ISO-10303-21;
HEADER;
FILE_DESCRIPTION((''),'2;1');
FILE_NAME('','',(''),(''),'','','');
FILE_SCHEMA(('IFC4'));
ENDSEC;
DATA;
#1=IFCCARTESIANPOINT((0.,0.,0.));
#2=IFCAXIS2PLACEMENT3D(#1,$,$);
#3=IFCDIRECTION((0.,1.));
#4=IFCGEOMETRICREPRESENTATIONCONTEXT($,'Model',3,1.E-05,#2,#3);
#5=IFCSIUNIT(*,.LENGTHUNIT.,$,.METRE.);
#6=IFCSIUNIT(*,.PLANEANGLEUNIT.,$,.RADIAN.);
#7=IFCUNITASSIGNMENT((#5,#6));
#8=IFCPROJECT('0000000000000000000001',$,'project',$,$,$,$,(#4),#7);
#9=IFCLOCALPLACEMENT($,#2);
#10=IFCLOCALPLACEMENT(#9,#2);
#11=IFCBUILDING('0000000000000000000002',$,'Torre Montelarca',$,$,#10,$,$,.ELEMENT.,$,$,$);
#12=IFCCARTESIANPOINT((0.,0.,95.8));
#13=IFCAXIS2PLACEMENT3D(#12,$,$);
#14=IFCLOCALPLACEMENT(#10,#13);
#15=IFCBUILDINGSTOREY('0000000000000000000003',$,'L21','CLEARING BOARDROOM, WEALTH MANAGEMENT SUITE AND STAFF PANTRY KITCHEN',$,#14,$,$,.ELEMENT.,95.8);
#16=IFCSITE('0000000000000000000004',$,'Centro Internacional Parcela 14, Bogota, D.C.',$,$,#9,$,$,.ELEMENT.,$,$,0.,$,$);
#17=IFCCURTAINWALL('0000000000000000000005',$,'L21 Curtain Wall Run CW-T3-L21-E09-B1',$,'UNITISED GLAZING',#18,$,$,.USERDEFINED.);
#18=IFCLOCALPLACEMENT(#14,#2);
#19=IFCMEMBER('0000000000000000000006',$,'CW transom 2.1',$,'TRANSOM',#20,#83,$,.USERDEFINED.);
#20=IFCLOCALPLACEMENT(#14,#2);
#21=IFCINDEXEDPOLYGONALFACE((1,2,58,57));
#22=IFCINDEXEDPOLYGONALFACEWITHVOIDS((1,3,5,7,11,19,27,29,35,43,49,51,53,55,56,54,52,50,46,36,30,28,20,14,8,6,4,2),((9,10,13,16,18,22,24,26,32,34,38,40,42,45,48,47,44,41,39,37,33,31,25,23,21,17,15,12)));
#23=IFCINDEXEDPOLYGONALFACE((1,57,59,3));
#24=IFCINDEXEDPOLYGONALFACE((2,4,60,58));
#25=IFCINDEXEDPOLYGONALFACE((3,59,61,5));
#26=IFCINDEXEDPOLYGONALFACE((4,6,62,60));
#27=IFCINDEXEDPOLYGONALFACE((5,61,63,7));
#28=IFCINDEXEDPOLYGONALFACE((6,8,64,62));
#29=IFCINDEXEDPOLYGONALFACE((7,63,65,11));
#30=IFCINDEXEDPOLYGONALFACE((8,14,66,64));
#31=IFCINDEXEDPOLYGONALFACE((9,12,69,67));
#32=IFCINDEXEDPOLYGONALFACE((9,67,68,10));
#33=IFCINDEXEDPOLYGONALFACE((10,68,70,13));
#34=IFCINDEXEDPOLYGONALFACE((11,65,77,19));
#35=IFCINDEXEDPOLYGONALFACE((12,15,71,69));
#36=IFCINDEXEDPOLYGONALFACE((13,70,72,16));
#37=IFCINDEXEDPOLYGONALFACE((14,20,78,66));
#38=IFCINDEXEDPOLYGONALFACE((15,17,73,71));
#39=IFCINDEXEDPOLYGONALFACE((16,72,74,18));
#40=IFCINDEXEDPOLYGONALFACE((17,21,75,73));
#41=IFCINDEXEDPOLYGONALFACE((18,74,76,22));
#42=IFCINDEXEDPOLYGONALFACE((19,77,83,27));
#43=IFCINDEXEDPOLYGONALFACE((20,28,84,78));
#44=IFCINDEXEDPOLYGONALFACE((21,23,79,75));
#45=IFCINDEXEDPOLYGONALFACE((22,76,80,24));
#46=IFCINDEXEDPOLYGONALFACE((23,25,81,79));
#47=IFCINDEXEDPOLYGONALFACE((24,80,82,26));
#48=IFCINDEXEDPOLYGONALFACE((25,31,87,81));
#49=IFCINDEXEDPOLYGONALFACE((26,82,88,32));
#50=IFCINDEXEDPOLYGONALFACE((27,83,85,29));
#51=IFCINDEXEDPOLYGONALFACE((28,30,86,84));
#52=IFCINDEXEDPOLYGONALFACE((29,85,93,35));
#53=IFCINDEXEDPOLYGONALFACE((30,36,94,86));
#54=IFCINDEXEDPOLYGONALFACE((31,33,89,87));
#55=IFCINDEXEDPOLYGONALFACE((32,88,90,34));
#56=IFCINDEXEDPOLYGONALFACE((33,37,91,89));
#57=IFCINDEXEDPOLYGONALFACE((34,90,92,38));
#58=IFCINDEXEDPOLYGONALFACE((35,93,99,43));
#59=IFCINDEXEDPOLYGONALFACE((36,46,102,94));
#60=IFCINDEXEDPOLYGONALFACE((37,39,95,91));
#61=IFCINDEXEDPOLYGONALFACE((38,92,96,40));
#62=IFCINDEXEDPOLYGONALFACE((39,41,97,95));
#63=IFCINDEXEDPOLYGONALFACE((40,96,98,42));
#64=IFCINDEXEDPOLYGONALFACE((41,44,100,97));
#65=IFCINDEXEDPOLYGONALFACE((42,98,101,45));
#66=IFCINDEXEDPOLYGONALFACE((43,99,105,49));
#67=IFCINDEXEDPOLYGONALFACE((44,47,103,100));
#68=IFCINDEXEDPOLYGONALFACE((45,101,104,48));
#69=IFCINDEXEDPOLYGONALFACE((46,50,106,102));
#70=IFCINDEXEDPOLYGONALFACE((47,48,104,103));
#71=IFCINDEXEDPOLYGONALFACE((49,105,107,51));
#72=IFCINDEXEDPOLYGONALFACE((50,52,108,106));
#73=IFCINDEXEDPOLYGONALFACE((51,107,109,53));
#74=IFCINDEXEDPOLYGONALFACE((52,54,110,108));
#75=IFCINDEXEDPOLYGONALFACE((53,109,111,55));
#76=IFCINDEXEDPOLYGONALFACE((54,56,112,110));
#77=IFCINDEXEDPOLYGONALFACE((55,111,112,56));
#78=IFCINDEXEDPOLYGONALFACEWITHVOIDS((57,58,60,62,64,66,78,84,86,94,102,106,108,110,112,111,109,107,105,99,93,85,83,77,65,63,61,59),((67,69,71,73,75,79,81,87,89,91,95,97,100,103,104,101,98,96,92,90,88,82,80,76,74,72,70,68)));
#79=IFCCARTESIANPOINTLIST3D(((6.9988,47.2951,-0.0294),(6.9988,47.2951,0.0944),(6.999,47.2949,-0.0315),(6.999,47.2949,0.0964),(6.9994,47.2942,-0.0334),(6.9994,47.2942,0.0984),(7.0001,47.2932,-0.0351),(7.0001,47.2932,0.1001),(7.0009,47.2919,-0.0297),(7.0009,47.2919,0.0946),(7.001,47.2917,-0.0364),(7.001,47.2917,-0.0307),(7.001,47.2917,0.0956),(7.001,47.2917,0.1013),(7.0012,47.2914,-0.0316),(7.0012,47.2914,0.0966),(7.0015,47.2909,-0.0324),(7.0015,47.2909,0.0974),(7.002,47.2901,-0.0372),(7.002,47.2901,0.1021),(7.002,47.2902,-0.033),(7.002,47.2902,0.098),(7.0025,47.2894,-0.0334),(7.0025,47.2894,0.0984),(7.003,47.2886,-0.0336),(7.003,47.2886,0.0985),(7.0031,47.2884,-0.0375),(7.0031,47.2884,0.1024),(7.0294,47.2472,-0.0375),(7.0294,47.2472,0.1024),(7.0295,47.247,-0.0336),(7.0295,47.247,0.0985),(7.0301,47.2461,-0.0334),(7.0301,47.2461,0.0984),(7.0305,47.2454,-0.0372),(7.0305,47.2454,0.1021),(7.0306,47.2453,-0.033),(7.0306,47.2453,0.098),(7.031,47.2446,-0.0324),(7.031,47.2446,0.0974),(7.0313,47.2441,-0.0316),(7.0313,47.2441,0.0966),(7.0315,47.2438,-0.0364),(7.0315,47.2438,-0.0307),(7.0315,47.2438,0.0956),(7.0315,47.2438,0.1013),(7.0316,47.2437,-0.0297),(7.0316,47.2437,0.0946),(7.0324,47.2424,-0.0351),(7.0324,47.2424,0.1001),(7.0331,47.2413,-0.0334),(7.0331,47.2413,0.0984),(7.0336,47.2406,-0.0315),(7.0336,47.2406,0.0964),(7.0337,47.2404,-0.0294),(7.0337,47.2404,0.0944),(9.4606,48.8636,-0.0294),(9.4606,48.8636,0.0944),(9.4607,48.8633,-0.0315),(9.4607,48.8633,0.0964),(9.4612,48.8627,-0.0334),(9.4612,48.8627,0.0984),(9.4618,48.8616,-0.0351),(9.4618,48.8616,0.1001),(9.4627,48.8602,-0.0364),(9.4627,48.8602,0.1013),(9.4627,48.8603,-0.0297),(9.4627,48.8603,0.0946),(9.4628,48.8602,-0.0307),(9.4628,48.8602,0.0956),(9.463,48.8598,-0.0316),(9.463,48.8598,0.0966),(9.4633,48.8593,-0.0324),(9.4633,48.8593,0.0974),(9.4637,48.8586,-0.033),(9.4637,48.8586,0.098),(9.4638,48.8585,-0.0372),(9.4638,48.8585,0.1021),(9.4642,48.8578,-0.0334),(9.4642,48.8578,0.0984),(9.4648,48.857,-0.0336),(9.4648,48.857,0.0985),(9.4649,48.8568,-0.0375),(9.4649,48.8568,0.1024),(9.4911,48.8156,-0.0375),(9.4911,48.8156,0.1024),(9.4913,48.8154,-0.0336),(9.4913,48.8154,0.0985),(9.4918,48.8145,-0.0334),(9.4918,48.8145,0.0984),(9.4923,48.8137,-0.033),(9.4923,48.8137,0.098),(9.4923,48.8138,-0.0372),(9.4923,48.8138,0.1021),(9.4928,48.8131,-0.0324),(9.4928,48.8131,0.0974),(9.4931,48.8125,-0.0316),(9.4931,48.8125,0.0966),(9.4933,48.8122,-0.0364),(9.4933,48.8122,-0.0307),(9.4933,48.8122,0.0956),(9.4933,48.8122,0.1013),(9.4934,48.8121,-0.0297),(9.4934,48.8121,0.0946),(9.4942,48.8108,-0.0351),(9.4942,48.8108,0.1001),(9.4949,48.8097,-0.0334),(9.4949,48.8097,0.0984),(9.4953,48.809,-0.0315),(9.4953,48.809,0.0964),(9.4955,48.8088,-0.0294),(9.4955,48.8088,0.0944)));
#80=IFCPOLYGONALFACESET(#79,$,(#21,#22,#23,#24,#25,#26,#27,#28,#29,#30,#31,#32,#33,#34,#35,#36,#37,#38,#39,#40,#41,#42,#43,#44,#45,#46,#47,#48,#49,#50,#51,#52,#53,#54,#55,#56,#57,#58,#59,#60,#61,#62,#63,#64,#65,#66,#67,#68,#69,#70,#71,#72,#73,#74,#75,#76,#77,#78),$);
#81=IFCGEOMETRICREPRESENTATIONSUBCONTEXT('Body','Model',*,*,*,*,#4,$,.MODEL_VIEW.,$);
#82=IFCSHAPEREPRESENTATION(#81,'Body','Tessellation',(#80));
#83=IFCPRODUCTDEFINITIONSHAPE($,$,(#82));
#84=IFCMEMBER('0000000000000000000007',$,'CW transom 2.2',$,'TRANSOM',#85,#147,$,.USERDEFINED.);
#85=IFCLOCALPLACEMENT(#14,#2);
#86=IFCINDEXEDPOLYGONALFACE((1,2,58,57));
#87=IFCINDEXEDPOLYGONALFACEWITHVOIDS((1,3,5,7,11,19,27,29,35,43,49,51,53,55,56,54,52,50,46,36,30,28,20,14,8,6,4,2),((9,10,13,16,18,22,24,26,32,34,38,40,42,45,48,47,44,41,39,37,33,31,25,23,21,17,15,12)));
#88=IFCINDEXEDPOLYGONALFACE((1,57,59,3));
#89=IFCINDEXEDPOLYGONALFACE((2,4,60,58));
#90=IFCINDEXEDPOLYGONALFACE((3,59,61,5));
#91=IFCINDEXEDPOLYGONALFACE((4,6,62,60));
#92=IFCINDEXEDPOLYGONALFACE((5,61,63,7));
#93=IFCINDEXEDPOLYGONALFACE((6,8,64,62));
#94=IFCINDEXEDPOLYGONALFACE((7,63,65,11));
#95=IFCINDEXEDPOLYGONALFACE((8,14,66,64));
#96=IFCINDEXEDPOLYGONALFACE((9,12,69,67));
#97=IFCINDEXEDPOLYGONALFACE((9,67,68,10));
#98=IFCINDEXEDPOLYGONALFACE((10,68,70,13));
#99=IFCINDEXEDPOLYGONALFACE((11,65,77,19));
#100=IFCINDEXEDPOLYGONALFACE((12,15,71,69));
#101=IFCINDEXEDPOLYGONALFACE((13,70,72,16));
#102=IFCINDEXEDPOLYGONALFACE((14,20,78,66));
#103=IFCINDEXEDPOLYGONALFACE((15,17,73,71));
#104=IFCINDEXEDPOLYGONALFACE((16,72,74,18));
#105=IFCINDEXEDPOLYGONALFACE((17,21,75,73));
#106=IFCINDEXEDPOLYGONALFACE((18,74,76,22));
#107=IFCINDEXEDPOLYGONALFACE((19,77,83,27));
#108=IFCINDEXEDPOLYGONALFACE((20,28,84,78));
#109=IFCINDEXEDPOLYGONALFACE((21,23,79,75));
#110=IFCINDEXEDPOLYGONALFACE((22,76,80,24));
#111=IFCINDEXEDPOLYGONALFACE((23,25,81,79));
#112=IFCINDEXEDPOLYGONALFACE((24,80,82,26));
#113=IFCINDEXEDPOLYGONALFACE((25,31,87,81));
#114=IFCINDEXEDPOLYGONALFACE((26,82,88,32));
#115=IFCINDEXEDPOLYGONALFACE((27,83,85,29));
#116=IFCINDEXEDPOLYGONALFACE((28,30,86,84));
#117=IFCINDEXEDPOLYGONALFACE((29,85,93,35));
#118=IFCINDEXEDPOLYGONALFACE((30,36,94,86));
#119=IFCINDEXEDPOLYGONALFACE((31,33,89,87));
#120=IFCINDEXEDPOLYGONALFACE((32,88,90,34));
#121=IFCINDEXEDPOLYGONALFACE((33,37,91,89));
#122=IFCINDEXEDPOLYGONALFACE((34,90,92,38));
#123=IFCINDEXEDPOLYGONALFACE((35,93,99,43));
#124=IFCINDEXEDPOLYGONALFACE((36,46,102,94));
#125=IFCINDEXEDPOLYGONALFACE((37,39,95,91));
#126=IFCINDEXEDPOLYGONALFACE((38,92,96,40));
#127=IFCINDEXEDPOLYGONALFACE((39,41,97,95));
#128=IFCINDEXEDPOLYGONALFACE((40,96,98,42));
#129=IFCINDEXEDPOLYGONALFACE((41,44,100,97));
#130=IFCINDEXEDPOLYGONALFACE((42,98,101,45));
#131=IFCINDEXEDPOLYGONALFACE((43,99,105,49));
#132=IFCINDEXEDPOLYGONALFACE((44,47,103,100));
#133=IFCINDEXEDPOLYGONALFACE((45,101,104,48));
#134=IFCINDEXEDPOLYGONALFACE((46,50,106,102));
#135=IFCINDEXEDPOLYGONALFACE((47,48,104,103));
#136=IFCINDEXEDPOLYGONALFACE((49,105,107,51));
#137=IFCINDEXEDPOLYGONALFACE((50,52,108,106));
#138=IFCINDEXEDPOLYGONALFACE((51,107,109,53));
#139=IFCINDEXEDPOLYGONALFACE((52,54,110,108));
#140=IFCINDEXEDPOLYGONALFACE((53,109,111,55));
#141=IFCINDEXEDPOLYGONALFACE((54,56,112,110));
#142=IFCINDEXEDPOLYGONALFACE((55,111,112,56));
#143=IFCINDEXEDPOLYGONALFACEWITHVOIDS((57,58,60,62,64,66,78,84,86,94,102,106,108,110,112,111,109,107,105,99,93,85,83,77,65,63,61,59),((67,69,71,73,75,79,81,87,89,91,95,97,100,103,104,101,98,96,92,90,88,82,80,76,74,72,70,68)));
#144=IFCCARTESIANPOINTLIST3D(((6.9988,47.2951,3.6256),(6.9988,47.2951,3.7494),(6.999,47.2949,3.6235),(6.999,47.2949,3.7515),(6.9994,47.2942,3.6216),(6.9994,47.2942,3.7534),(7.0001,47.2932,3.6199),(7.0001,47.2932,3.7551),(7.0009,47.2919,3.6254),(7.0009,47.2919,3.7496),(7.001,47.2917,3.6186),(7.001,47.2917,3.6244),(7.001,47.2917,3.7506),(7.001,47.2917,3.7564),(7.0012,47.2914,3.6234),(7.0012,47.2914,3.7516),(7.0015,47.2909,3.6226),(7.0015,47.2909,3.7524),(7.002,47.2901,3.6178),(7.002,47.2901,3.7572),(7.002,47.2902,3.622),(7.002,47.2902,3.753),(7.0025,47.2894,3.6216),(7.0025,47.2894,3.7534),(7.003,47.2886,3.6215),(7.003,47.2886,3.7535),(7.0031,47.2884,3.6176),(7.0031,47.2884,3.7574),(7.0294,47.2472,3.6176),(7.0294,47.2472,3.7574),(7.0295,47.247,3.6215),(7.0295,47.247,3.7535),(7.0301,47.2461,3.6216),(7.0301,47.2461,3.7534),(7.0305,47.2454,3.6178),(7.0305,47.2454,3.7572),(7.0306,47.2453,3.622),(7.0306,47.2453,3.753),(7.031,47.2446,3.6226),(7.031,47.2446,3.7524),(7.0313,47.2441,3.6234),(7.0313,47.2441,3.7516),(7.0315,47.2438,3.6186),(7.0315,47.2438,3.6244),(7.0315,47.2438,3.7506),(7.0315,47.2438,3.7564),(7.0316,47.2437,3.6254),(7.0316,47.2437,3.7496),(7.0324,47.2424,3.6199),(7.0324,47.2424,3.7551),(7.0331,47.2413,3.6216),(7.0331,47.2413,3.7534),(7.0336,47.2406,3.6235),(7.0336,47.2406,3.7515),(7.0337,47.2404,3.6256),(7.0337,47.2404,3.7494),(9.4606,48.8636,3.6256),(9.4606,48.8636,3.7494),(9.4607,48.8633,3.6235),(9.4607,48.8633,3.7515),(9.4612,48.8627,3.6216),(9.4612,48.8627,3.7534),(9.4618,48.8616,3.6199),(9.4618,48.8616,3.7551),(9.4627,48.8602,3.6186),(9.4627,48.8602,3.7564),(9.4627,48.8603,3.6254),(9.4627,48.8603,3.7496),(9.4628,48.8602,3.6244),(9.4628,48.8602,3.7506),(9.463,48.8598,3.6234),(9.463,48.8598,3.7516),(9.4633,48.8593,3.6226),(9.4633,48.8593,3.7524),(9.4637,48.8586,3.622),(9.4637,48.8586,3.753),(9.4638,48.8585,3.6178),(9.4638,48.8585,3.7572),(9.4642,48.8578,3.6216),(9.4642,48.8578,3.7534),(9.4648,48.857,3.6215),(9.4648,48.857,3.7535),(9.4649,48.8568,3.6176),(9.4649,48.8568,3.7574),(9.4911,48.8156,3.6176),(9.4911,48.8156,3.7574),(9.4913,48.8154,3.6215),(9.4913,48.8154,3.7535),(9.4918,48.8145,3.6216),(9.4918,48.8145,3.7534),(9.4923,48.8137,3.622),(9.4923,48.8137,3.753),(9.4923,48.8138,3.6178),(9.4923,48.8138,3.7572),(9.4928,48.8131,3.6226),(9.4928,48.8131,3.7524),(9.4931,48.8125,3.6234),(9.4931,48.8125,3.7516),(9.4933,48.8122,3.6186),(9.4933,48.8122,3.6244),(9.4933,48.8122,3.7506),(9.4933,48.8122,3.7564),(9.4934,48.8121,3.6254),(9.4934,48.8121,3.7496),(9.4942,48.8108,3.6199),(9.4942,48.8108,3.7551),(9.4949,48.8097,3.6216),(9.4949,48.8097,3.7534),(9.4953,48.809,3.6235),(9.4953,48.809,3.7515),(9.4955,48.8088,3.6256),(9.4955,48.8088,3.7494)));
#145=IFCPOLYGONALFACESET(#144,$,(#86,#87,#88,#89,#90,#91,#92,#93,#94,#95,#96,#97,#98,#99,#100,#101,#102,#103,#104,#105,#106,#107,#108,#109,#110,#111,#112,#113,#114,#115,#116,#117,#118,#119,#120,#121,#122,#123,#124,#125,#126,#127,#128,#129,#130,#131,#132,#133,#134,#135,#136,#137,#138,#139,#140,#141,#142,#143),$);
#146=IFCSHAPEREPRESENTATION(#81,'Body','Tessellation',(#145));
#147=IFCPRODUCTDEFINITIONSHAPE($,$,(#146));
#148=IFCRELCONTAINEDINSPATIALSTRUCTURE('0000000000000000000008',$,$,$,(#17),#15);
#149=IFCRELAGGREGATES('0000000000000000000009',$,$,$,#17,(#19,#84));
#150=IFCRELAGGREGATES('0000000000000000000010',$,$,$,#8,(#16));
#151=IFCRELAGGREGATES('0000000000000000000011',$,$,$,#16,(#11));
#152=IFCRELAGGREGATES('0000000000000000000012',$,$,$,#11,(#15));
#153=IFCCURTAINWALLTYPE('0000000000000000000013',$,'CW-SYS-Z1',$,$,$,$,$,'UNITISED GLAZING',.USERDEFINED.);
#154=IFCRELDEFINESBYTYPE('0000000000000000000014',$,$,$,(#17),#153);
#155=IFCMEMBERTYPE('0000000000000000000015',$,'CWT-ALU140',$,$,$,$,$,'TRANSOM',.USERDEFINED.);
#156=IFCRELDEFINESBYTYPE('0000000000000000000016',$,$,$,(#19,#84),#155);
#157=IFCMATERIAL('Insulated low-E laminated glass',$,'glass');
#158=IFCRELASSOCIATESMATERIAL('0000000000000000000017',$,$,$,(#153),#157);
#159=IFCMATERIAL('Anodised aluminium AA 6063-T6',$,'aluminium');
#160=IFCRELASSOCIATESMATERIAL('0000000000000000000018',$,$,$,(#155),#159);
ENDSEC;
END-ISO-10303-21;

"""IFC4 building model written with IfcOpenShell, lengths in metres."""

from ifc_helpers import new_model, si_unit, direction, frame, origin, origin_2d, place, context, subcontext, project, spatial, hollow_rectangle, extrude, source, transform, mapped, material, material_profile, profile_set, type_object, element, aggregate, save


model = new_model("IFC4")

# Units and contexts
model_context = context("Model", 3, precision=1e-05, world=origin(), true_north=direction((0.0, 1.0)))
body_context = subcontext(model_context, "Body", "Model", "MODEL_VIEW")
ifc_project = project(units=[si_unit("LENGTHUNIT", "METRE"), si_unit("PLANEANGLEUNIT", "RADIAN")], contexts=[model_context])

# Site, building, storey
site_placement = place(None, origin())
site = spatial("IfcSite", under=ifc_project, at=site_placement, Name="Centro Internacional Parcela 14, Bogota, D.C.", CompositionType="ELEMENT", RefElevation=0.0)
building_placement = place(site_placement, origin())
building = spatial("IfcBuilding", under=site, at=building_placement, Name="Torre Montelarca", CompositionType="ELEMENT")
storey_placement = place(building_placement, frame((0.0, 0.0, 95.8)))
storey = spatial("IfcBuildingStorey", under=building, at=storey_placement, Name="L21", Description="CLEARING BOARDROOM, WEALTH MANAGEMENT SUITE AND STAFF PANTRY KITCHEN", CompositionType="ELEMENT", Elevation=95.8)

# Curtain wall, members
ifc_material_1 = material(Name="Insulated low-E laminated glass", Category="glass")
curtain_wall_type = type_object("IfcCurtainWallType", Name="CW-SYS-Z1", ElementType="UNITISED GLAZING", PredefinedType="USERDEFINED", material=ifc_material_1)
curtain_wall_1_placement = place(storey_placement, origin())
curtain_wall_1 = element("IfcCurtainWall", 1, at=curtain_wall_1_placement, inside=storey, type_object=curtain_wall_type, Name="L21 Curtain Wall Run CW-T3-L21-E09-B1", ObjectType="UNITISED GLAZING", PredefinedType="USERDEFINED")
ifc_material_2 = material(Name="Anodised aluminium AA 6063-T6", Category="aluminium")
ifc_material_profile_1 = material_profile(ifc_material_2, hollow_rectangle(XDim=0.0649, YDim=0.1399, WallThickness=0.0039, InnerFilletRadius=0.0039, OuterFilletRadius=0.0081, at=origin_2d()), Name="ALU65X140X4", Category="aluminium")
ifc_profile_set_1 = profile_set([ifc_material_profile_1], Name="Anodised aluminium AA 6063-T6")
member_type_1 = type_object("IfcMemberType", Name="CWT-ALU140", ElementType="TRANSOM", PredefinedType="USERDEFINED", material=ifc_profile_set_1)
shared_shape_1 = source(origin(), body_context, "Body", "SweptSolid", [
    extrude(hollow_rectangle(XDim=0.0649, YDim=0.1399, WallThickness=0.0039, InnerFilletRadius=0.0039, OuterFilletRadius=0.0081, at=origin_2d()), origin(), (0.0, 0.0, 1.0), 2.9189),
])
member_1_placement = place(storey_placement, frame((9.478, 48.8362, 0.0325), z_axis=(-0.843376, -0.537325, 0.0), x_axis=(0.537325, -0.843376, 0.0)))
member_1 = element("IfcMember", 2, at=member_1_placement, type_object=member_type_1, Name="CW transom 2.1", ObjectType="TRANSOM", PredefinedType="USERDEFINED", context=body_context, shape_type="MappedRepresentation", body=[
    mapped(shared_shape_1, transform((0.0, 0.0, 0.0), scale=1.0)),
])
member_2_placement = place(storey_placement, frame((9.478, 48.8362, 3.6875), z_axis=(-0.843376, -0.537325, 0.0), x_axis=(0.537325, -0.843376, 0.0)))
member_2 = element("IfcMember", 3, at=member_2_placement, type_object=member_type_1, Name="CW transom 2.2", ObjectType="TRANSOM", PredefinedType="USERDEFINED", context=body_context, shape_type="MappedRepresentation", body=[
    mapped(shared_shape_1, transform((0.0, 0.0, 0.0), scale=1.0)),
])

aggregate(curtain_wall_1, [member_1, member_2])

save(model, "model.ifc")
